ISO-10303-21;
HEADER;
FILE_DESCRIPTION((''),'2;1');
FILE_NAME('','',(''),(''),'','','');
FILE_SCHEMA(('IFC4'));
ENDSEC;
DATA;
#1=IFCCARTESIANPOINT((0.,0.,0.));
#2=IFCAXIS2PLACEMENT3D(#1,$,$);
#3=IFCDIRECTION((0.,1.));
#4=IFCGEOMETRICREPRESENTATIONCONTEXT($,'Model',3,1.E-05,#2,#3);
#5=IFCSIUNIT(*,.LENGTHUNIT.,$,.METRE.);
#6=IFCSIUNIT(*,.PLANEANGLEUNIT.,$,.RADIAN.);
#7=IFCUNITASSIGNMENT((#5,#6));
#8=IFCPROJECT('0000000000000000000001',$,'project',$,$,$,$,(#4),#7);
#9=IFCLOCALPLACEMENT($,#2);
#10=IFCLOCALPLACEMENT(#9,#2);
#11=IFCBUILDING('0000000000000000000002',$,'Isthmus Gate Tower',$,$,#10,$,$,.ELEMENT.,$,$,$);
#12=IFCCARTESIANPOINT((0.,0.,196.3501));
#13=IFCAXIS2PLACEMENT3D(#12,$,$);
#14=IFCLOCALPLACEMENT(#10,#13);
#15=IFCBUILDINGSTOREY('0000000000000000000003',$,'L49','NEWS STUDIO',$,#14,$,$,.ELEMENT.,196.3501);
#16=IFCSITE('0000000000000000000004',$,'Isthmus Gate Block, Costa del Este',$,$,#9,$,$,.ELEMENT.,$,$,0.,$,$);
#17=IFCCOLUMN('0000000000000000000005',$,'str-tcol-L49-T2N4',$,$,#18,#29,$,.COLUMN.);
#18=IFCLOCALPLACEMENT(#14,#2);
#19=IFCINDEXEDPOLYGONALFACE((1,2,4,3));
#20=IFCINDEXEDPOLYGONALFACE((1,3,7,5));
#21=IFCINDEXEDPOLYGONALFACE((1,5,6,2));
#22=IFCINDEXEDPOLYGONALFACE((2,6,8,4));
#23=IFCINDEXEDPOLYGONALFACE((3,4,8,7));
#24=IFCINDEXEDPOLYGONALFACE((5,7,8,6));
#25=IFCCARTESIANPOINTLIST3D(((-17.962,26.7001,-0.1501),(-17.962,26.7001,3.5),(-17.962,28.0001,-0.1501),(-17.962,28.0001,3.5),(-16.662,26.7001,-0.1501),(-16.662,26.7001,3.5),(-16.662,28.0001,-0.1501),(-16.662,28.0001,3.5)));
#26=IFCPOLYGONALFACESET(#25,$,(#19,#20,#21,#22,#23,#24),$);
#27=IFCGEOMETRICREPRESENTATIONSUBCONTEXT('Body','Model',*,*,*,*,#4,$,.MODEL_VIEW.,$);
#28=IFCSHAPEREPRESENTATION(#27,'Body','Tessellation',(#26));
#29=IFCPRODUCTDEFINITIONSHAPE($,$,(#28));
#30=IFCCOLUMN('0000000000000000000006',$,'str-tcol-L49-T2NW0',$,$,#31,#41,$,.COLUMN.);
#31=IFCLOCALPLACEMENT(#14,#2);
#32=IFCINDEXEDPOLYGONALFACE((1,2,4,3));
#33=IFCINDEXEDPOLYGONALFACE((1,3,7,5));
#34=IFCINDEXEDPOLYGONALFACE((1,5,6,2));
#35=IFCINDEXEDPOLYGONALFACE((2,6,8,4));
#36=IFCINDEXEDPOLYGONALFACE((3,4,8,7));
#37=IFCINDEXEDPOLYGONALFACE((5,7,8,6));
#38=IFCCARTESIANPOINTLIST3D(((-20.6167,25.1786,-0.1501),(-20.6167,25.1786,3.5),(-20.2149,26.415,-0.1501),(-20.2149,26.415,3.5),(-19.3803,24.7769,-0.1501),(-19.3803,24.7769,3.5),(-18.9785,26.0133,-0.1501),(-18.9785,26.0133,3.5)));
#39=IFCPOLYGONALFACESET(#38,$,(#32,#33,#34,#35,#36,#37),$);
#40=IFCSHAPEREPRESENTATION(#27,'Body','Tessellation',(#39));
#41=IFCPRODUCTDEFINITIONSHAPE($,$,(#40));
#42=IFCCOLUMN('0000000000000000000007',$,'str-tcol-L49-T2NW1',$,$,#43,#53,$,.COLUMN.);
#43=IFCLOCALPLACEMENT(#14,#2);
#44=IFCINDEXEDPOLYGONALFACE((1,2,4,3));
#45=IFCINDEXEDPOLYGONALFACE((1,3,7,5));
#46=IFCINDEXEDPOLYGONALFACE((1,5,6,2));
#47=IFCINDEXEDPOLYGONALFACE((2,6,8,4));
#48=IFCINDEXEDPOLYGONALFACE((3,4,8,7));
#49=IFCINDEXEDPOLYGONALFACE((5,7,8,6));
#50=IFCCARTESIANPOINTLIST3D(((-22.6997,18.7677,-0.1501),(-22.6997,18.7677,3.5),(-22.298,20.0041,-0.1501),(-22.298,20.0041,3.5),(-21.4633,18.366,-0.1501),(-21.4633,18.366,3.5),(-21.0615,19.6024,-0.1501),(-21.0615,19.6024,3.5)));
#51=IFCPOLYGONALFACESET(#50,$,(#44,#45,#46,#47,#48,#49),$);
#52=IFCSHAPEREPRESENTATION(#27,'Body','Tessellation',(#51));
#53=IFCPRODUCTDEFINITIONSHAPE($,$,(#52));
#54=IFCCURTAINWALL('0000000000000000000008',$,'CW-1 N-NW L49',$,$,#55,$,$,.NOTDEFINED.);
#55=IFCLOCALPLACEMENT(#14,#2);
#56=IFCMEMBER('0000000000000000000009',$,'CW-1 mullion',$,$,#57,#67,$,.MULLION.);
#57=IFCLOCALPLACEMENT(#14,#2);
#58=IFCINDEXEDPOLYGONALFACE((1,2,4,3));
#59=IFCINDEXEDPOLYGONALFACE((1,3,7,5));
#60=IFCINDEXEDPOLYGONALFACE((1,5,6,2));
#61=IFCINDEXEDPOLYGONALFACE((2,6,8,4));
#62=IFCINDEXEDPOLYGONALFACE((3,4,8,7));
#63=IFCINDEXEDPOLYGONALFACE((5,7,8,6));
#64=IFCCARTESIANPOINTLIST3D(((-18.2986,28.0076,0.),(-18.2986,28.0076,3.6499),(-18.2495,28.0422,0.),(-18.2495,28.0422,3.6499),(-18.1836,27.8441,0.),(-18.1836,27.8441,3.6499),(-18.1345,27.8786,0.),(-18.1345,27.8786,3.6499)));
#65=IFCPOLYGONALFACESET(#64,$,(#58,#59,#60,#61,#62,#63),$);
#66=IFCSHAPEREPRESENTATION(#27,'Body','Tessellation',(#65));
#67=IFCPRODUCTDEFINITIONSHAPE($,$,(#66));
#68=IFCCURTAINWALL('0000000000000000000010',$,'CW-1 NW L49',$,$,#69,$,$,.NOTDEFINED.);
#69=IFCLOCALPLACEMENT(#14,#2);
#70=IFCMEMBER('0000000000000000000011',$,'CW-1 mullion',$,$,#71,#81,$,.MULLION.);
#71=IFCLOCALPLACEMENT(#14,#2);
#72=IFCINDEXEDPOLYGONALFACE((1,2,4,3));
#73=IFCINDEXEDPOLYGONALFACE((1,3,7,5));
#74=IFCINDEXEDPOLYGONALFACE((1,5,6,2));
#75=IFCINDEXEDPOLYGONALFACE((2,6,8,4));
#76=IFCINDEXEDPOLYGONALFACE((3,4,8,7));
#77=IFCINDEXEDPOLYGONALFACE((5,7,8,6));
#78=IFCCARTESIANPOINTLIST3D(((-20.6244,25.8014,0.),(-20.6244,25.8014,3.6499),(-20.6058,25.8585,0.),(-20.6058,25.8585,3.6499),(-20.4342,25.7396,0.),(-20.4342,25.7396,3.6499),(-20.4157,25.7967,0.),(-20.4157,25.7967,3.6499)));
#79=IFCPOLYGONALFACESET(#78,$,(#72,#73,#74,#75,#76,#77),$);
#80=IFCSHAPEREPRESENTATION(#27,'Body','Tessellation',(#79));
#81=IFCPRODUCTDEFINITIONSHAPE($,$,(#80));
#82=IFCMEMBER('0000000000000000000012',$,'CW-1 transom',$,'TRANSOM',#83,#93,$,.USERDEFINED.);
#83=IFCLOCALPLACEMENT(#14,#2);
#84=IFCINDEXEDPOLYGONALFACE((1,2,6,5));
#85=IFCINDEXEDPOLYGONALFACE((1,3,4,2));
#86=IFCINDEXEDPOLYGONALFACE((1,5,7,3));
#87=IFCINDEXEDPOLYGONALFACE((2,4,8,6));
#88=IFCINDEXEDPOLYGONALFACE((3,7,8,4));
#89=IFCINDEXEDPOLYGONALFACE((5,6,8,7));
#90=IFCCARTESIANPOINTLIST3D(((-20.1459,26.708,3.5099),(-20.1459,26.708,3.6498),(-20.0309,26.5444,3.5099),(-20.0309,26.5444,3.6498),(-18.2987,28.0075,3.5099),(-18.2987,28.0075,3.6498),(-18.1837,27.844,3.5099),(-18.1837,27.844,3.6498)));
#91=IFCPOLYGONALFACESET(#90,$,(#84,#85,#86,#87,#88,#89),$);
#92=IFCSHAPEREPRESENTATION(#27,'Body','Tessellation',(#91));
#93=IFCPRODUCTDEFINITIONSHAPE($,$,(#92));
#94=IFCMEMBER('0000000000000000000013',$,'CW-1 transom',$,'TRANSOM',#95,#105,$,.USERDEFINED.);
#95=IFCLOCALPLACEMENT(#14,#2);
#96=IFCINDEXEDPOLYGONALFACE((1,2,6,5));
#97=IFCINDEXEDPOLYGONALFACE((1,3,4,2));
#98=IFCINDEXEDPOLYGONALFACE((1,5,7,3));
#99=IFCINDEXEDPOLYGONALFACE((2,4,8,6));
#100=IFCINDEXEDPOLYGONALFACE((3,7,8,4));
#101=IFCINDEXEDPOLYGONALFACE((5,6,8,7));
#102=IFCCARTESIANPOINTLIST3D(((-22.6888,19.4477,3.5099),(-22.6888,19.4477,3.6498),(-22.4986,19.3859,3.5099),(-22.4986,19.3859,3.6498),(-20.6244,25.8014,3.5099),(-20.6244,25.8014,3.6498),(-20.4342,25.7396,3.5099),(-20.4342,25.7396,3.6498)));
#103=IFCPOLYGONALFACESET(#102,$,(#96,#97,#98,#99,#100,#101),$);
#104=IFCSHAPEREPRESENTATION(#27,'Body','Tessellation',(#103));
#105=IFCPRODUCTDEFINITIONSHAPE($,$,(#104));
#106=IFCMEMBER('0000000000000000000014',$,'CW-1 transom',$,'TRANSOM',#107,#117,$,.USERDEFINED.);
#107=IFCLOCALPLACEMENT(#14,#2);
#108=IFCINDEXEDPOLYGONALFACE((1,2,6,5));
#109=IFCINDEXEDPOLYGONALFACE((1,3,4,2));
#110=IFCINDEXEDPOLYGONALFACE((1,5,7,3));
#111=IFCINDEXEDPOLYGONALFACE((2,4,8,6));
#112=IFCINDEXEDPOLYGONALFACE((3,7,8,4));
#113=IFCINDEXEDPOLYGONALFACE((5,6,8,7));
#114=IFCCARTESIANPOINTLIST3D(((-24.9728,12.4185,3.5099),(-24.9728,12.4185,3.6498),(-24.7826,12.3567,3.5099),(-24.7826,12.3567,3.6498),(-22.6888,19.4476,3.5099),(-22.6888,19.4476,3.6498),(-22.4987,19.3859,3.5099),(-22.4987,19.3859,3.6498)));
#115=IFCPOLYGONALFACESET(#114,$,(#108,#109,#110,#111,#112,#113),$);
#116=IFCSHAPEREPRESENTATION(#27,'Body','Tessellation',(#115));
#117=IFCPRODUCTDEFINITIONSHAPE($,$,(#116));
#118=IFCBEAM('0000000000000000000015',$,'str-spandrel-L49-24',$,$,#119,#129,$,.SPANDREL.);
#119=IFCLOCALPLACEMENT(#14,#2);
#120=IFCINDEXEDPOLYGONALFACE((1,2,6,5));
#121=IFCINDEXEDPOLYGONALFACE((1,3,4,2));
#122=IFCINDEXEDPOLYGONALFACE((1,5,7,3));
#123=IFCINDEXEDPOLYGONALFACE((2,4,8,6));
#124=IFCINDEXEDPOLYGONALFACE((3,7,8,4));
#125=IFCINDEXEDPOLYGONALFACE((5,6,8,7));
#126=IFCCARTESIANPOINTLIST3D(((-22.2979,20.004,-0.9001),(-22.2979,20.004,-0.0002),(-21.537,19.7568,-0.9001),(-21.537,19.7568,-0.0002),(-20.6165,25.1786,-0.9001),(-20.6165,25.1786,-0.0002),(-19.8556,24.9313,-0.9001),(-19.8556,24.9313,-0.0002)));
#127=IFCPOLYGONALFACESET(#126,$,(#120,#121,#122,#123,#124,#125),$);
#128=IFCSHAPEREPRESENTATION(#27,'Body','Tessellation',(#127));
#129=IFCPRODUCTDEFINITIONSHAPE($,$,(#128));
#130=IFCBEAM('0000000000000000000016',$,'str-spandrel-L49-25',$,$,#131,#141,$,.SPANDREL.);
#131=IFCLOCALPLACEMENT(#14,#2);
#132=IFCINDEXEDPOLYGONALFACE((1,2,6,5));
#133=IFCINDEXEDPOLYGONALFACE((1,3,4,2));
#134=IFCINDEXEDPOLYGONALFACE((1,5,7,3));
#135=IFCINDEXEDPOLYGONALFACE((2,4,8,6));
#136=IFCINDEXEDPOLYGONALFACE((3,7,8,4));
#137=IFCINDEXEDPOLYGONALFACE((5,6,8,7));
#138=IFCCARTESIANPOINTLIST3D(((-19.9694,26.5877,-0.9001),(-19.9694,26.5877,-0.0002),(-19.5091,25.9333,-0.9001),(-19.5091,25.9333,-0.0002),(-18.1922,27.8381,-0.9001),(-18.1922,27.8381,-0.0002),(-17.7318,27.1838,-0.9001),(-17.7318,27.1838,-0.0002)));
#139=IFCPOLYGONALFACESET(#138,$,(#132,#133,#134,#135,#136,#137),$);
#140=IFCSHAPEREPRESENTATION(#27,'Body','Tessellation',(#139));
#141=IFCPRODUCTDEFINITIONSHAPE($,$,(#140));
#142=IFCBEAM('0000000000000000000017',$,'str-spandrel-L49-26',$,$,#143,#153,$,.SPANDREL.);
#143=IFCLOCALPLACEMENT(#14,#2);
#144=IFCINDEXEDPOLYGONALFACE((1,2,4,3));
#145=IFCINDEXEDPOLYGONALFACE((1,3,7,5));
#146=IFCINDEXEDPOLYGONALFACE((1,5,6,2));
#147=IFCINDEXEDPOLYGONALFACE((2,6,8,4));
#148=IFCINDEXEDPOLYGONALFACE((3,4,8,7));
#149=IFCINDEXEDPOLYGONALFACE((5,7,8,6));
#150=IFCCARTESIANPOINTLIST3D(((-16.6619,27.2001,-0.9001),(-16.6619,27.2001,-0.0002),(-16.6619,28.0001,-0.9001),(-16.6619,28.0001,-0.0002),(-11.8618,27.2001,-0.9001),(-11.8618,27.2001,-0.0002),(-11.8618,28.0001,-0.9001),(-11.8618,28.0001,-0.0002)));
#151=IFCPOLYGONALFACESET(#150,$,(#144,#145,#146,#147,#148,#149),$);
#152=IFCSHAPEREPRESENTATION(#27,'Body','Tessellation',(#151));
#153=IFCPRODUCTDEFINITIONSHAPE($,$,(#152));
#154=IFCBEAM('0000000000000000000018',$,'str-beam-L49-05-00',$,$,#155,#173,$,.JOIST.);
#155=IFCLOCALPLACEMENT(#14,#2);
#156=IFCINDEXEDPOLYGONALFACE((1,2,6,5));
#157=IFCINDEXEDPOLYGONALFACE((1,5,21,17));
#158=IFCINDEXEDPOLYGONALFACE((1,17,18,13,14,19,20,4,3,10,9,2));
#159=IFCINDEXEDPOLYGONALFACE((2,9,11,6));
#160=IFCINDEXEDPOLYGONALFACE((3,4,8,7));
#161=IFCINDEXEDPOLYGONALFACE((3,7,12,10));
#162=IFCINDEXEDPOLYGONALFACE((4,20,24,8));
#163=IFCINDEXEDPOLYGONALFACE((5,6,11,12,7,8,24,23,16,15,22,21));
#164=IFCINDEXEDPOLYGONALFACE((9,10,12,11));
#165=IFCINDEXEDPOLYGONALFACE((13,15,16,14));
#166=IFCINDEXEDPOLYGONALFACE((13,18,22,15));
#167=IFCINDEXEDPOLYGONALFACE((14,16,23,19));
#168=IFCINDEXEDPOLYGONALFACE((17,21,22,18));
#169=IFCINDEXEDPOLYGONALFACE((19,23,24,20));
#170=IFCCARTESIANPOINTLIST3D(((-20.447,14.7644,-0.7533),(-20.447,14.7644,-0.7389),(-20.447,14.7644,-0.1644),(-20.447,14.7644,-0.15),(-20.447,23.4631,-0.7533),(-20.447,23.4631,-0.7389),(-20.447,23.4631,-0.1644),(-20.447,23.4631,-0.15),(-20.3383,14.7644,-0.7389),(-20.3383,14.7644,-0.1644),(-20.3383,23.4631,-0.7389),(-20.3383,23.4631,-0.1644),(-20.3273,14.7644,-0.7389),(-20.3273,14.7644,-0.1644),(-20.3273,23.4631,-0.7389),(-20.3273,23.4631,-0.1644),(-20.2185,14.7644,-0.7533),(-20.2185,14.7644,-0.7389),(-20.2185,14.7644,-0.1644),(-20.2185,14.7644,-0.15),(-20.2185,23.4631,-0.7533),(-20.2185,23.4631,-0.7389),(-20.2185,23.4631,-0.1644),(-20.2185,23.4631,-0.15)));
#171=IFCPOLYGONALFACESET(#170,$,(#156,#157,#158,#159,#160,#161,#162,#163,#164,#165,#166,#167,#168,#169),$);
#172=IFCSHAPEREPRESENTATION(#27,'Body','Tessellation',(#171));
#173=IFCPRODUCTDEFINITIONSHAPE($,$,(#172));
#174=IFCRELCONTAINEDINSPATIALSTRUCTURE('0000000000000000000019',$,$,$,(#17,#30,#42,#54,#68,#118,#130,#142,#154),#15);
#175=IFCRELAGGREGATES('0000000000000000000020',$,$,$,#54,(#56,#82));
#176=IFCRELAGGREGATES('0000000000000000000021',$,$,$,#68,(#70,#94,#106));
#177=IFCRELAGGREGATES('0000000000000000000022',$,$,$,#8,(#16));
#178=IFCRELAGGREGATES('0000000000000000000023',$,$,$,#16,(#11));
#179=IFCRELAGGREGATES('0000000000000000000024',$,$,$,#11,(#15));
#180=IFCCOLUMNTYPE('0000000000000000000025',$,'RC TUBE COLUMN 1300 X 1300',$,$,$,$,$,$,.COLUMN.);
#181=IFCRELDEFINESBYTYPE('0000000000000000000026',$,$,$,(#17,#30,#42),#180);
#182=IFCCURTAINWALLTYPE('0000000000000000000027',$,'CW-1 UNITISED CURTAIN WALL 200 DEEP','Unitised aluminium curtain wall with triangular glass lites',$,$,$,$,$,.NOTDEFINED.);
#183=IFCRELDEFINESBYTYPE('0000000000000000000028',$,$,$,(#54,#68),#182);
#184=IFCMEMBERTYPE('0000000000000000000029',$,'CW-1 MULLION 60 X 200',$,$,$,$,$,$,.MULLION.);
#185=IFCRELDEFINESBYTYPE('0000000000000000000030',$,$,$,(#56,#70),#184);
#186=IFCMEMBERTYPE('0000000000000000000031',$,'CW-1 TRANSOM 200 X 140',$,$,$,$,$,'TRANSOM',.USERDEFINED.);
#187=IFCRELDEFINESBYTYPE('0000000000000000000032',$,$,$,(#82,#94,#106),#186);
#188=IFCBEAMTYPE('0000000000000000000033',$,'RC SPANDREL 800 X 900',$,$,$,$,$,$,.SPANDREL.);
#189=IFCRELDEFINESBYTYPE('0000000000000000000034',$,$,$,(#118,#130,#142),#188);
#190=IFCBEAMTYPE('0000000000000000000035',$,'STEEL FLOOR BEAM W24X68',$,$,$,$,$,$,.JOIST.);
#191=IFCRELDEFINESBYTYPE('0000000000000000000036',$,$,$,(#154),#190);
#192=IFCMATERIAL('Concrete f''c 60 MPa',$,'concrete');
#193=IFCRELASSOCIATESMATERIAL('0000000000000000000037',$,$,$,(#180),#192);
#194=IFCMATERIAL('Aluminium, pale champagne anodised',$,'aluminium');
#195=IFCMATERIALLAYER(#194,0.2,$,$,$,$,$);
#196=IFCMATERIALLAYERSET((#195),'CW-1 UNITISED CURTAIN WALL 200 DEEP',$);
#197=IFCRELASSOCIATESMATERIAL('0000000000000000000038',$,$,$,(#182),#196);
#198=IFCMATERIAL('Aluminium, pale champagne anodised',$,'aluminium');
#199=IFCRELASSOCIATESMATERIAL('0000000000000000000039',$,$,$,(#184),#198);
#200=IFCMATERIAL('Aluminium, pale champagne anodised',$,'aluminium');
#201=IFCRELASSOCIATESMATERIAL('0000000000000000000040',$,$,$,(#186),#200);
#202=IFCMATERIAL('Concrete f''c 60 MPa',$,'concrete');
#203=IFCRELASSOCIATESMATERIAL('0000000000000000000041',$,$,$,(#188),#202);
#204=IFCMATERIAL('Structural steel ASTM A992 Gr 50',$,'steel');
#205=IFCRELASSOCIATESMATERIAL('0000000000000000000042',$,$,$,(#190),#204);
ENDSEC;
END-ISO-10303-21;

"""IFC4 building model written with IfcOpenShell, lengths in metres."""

from ifc_helpers import new_model, si_unit, direction, frame, origin, origin_2d, place, context, subcontext, project, spatial, rectangle, i_section, extrude, material, layer, layer_set, material_profile, profile_set, type_object, element, aggregate, save


model = new_model("IFC4")

# Units and contexts
model_context = context("Model", 3, precision=1e-05, world=origin(), true_north=direction((0.0, 1.0)))
body_context = subcontext(model_context, "Body", "Model", "MODEL_VIEW")
ifc_project = project(units=[si_unit("LENGTHUNIT", "METRE"), si_unit("PLANEANGLEUNIT", "RADIAN")], contexts=[model_context])

# Site, building, storey
site_placement = place(None, origin())
site = spatial("IfcSite", under=ifc_project, at=site_placement, Name="Isthmus Gate Block, Costa del Este", CompositionType="ELEMENT", RefElevation=0.0)
building_placement = place(site_placement, origin())
building = spatial("IfcBuilding", under=site, at=building_placement, Name="Isthmus Gate Tower", CompositionType="ELEMENT")
storey_placement = place(building_placement, frame((0.0, 0.0, 196.3501)))
storey = spatial("IfcBuildingStorey", under=building, at=storey_placement, Name="L49", Description="NEWS STUDIO", CompositionType="ELEMENT", Elevation=196.3501)

# Columns
ifc_material_1 = material(Name="Concrete f'c 60 MPa", Category="concrete")
ifc_material_profile_1 = material_profile(ifc_material_1, rectangle(XDim=1.3, YDim=1.3, at=origin_2d()), Name="RC 1300X1300")
ifc_profile_set_1 = profile_set([ifc_material_profile_1], Name="Concrete f'c 60 MPa")
column_type = type_object("IfcColumnType", Name="RC TUBE COLUMN 1300 X 1300", PredefinedType="COLUMN", material=ifc_profile_set_1)
for number, where, z_axis, x_axis, name in (
    (1, (-17.312, 27.3501, -0.1501), (0.0, 0.0, 1.0), (-1.0, 0.0, 0.0), "str-tcol-L49-T2N4"),
    (2, (-19.7976, 25.5959, -0.1501), (0.0, 0.0, 1.0), (-0.309017, -0.951057, 0.0), "str-tcol-L49-T2NW0"),
    (3, (-21.8806, 19.1851, -0.1501), (0.0, 0.0, 1.0), (-0.309017, -0.951057, 0.0), "str-tcol-L49-T2NW1"),
):
    element("IfcColumn", number, at=place(storey_placement, frame(where, z_axis=z_axis, x_axis=x_axis)), inside=storey, type_object=column_type, Name=name, PredefinedType="COLUMN", context=body_context, shape_type="SweptSolid", body=[
        extrude(rectangle(XDim=1.3, YDim=1.3, at=origin_2d()), origin(), (0.0, 0.0, 1.0), 3.6501),
    ])

# Curtain walls, members
ifc_material_2 = material(Name="Aluminium, pale champagne anodised", Category="aluminium")
ifc_layer_1 = layer(ifc_material_2, 0.2)
ifc_layer_set_1 = layer_set([ifc_layer_1], Name="CW-1 UNITISED CURTAIN WALL 200 DEEP")
curtain_wall_type = type_object("IfcCurtainWallType", Name="CW-1 UNITISED CURTAIN WALL 200 DEEP", Description="Unitised aluminium curtain wall with triangular glass lites", PredefinedType="NOTDEFINED", material=ifc_layer_set_1)
curtain_wall_1_placement = place(storey_placement, origin())
curtain_wall_1 = element("IfcCurtainWall", 4, at=curtain_wall_1_placement, inside=storey, type_object=curtain_wall_type, Name="CW-1 N-NW L49", PredefinedType="NOTDEFINED")
ifc_material_3 = material(Name="Aluminium, pale champagne anodised", Category="aluminium")
ifc_material_profile_2 = material_profile(ifc_material_3, rectangle(XDim=0.0601, YDim=0.2, at=origin_2d()), Name="60x200")
ifc_profile_set_2 = profile_set([ifc_material_profile_2], Name="Aluminium, pale champagne anodised")
member_type_1 = type_object("IfcMemberType", Name="CW-1 MULLION 60 X 200", PredefinedType="MULLION", material=ifc_profile_set_2)
member_1_placement = place(storey_placement, frame((-18.2166, 27.9431, 0.0), z_axis=(0.0, 0.0, 1.0), x_axis=(-0.81786, -0.575418, 0.0)))
member_1 = element("IfcMember", 5, at=member_1_placement, type_object=member_type_1, Name="CW-1 mullion", PredefinedType="MULLION", context=body_context, shape_type="SweptSolid", body=[
    extrude(rectangle(XDim=0.0601, YDim=0.2, at=origin_2d()), origin(), (0.0, 0.0, 1.0), 3.6499),
])
curtain_wall_2_placement = place(storey_placement, origin())
curtain_wall_2 = element("IfcCurtainWall", 6, at=curtain_wall_2_placement, inside=storey, type_object=curtain_wall_type, Name="CW-1 NW L49", PredefinedType="NOTDEFINED")
member_2_placement = place(storey_placement, frame((-20.52, 25.7991, 0.0), z_axis=(0.0, 0.0, 1.0), x_axis=(-0.309017, -0.951057, 0.0)))
member_2 = element("IfcMember", 7, at=member_2_placement, type_object=member_type_1, Name="CW-1 mullion", PredefinedType="MULLION", context=body_context, shape_type="SweptSolid", body=[
    extrude(rectangle(XDim=0.0601, YDim=0.2, at=origin_2d()), origin(), (0.0, 0.0, 1.0), 3.6499),
])

# Members
ifc_material_4 = material(Name="Aluminium, pale champagne anodised", Category="aluminium")
ifc_material_profile_3 = material_profile(ifc_material_4, rectangle(XDim=0.2, YDim=0.1399, at=origin_2d()), Name="200x140")
ifc_profile_set_3 = profile_set([ifc_material_profile_3], Name="Aluminium, pale champagne anodised")
member_type_2 = type_object("IfcMemberType", Name="CW-1 TRANSOM 200 X 140", ElementType="TRANSOM", PredefinedType="USERDEFINED", material=ifc_profile_set_3)
member_3_placement = place(storey_placement, frame((-18.2412, 27.9258, 3.5798), z_axis=(-0.817869, -0.575405, 0.0), x_axis=(0.575405, -0.817869, 0.0)))
member_3 = element("IfcMember", 8, at=member_3_placement, type_object=member_type_2, Name="CW-1 transom", ObjectType="TRANSOM", PredefinedType="USERDEFINED", context=body_context, shape_type="SweptSolid", body=[
    extrude(rectangle(XDim=0.2, YDim=0.1399, at=origin_2d()), origin(), (0.0, 0.0, 1.0), 2.2585),
])
member_4_placement = place(storey_placement, frame((-20.5293, 25.7705, 3.5798), z_axis=(-0.309016, -0.951057, 0.0), x_axis=(0.951057, -0.309016, 0.0)))
member_4 = element("IfcMember", 9, at=member_4_placement, type_object=member_type_2, Name="CW-1 transom", ObjectType="TRANSOM", PredefinedType="USERDEFINED", context=body_context, shape_type="SweptSolid", body=[
    extrude(rectangle(XDim=0.2, YDim=0.1399, at=origin_2d()), origin(), (0.0, 0.0, 1.0), 6.6807),
])
member_5_placement = place(storey_placement, frame((-22.5938, 19.4167, 3.5798), z_axis=(-0.309024, -0.951054, 0.0), x_axis=(0.951054, -0.309024, 0.0)))
member_5 = element("IfcMember", 10, at=member_5_placement, type_object=member_type_2, Name="CW-1 transom", ObjectType="TRANSOM", PredefinedType="USERDEFINED", context=body_context, shape_type="SweptSolid", body=[
    extrude(rectangle(XDim=0.2, YDim=0.1399, at=origin_2d()), origin(), (0.0, 0.0, 1.0), 7.3909),
])

# Beams
ifc_material_5 = material(Name="Concrete f'c 60 MPa", Category="concrete")
ifc_material_profile_4 = material_profile(ifc_material_5, rectangle(XDim=0.8, YDim=0.8999, at=origin_2d()), Name="RC 800X900")
ifc_profile_set_4 = profile_set([ifc_material_profile_4], Name="Concrete f'c 60 MPa")
beam_type_1 = type_object("IfcBeamType", Name="RC SPANDREL 800 X 900", PredefinedType="SPANDREL", material=ifc_profile_set_4)
beam_1_placement = place(storey_placement, frame((-21.9175, 19.8804, -0.4502), z_axis=(0.30903, 0.951052, 0.0), x_axis=(-0.951052, 0.30903, 0.0)))
element("IfcBeam", 11, at=beam_1_placement, inside=storey, type_object=beam_type_1, Name="str-spandrel-L49-24", PredefinedType="SPANDREL", context=body_context, shape_type="SweptSolid", body=[
    extrude(rectangle(XDim=0.8, YDim=0.8999, at=origin_2d()), origin(), (0.0, 0.0, 1.0), 5.4409),
])
beam_2_placement = place(storey_placement, frame((-19.7393, 26.2605, -0.4502), z_axis=(0.817857, 0.575421, 0.0), x_axis=(-0.575421, 0.817857, 0.0)))
element("IfcBeam", 12, at=beam_2_placement, inside=storey, type_object=beam_type_1, Name="str-spandrel-L49-25", PredefinedType="SPANDREL", context=body_context, shape_type="SweptSolid", body=[
    extrude(rectangle(XDim=0.8, YDim=0.8999, at=origin_2d()), origin(), (0.0, 0.0, 1.0), 2.1731),
])
beam_3_placement = place(storey_placement, frame((-16.6619, 27.6001, -0.4502), z_axis=(1.0, 0.0, 0.0), x_axis=(0.0, 1.0, 0.0)))
element("IfcBeam", 13, at=beam_3_placement, inside=storey, type_object=beam_type_1, Name="str-spandrel-L49-26", PredefinedType="SPANDREL", context=body_context, shape_type="SweptSolid", body=[
    extrude(rectangle(XDim=0.8, YDim=0.8999, at=origin_2d()), origin(), (0.0, 0.0, 1.0), 4.8),
])
ifc_material_6 = material(Name="Structural steel ASTM A992 Gr 50", Category="steel")
ifc_material_profile_5 = material_profile(ifc_material_6, i_section(OverallWidth=0.2285, OverallDepth=0.6033, WebThickness=0.011, FlangeThickness=0.0144, at=origin_2d()), Name="W24X68")
ifc_profile_set_5 = profile_set([ifc_material_profile_5], Name="Structural steel ASTM A992 Gr 50")
beam_type_2 = type_object("IfcBeamType", Name="STEEL FLOOR BEAM W24X68", PredefinedType="JOIST", material=ifc_profile_set_5)
beam_4_placement = place(storey_placement, frame((-20.3328, 14.7644, -0.4517), z_axis=(0.0, 1.0, 0.0), x_axis=(-1.0, 0.0, 0.0)))
element("IfcBeam", 14, at=beam_4_placement, inside=storey, type_object=beam_type_2, Name="str-beam-L49-05-00", PredefinedType="JOIST", context=body_context, shape_type="SweptSolid", body=[
    extrude(i_section(OverallWidth=0.2285, OverallDepth=0.6033, WebThickness=0.011, FlangeThickness=0.0144, at=origin_2d()), origin(), (0.0, 0.0, 1.0), 8.6987),
])

aggregate(curtain_wall_1, [member_1, member_3])

aggregate(curtain_wall_2, [member_2, member_4, member_5])

save(model, "model.ifc")
